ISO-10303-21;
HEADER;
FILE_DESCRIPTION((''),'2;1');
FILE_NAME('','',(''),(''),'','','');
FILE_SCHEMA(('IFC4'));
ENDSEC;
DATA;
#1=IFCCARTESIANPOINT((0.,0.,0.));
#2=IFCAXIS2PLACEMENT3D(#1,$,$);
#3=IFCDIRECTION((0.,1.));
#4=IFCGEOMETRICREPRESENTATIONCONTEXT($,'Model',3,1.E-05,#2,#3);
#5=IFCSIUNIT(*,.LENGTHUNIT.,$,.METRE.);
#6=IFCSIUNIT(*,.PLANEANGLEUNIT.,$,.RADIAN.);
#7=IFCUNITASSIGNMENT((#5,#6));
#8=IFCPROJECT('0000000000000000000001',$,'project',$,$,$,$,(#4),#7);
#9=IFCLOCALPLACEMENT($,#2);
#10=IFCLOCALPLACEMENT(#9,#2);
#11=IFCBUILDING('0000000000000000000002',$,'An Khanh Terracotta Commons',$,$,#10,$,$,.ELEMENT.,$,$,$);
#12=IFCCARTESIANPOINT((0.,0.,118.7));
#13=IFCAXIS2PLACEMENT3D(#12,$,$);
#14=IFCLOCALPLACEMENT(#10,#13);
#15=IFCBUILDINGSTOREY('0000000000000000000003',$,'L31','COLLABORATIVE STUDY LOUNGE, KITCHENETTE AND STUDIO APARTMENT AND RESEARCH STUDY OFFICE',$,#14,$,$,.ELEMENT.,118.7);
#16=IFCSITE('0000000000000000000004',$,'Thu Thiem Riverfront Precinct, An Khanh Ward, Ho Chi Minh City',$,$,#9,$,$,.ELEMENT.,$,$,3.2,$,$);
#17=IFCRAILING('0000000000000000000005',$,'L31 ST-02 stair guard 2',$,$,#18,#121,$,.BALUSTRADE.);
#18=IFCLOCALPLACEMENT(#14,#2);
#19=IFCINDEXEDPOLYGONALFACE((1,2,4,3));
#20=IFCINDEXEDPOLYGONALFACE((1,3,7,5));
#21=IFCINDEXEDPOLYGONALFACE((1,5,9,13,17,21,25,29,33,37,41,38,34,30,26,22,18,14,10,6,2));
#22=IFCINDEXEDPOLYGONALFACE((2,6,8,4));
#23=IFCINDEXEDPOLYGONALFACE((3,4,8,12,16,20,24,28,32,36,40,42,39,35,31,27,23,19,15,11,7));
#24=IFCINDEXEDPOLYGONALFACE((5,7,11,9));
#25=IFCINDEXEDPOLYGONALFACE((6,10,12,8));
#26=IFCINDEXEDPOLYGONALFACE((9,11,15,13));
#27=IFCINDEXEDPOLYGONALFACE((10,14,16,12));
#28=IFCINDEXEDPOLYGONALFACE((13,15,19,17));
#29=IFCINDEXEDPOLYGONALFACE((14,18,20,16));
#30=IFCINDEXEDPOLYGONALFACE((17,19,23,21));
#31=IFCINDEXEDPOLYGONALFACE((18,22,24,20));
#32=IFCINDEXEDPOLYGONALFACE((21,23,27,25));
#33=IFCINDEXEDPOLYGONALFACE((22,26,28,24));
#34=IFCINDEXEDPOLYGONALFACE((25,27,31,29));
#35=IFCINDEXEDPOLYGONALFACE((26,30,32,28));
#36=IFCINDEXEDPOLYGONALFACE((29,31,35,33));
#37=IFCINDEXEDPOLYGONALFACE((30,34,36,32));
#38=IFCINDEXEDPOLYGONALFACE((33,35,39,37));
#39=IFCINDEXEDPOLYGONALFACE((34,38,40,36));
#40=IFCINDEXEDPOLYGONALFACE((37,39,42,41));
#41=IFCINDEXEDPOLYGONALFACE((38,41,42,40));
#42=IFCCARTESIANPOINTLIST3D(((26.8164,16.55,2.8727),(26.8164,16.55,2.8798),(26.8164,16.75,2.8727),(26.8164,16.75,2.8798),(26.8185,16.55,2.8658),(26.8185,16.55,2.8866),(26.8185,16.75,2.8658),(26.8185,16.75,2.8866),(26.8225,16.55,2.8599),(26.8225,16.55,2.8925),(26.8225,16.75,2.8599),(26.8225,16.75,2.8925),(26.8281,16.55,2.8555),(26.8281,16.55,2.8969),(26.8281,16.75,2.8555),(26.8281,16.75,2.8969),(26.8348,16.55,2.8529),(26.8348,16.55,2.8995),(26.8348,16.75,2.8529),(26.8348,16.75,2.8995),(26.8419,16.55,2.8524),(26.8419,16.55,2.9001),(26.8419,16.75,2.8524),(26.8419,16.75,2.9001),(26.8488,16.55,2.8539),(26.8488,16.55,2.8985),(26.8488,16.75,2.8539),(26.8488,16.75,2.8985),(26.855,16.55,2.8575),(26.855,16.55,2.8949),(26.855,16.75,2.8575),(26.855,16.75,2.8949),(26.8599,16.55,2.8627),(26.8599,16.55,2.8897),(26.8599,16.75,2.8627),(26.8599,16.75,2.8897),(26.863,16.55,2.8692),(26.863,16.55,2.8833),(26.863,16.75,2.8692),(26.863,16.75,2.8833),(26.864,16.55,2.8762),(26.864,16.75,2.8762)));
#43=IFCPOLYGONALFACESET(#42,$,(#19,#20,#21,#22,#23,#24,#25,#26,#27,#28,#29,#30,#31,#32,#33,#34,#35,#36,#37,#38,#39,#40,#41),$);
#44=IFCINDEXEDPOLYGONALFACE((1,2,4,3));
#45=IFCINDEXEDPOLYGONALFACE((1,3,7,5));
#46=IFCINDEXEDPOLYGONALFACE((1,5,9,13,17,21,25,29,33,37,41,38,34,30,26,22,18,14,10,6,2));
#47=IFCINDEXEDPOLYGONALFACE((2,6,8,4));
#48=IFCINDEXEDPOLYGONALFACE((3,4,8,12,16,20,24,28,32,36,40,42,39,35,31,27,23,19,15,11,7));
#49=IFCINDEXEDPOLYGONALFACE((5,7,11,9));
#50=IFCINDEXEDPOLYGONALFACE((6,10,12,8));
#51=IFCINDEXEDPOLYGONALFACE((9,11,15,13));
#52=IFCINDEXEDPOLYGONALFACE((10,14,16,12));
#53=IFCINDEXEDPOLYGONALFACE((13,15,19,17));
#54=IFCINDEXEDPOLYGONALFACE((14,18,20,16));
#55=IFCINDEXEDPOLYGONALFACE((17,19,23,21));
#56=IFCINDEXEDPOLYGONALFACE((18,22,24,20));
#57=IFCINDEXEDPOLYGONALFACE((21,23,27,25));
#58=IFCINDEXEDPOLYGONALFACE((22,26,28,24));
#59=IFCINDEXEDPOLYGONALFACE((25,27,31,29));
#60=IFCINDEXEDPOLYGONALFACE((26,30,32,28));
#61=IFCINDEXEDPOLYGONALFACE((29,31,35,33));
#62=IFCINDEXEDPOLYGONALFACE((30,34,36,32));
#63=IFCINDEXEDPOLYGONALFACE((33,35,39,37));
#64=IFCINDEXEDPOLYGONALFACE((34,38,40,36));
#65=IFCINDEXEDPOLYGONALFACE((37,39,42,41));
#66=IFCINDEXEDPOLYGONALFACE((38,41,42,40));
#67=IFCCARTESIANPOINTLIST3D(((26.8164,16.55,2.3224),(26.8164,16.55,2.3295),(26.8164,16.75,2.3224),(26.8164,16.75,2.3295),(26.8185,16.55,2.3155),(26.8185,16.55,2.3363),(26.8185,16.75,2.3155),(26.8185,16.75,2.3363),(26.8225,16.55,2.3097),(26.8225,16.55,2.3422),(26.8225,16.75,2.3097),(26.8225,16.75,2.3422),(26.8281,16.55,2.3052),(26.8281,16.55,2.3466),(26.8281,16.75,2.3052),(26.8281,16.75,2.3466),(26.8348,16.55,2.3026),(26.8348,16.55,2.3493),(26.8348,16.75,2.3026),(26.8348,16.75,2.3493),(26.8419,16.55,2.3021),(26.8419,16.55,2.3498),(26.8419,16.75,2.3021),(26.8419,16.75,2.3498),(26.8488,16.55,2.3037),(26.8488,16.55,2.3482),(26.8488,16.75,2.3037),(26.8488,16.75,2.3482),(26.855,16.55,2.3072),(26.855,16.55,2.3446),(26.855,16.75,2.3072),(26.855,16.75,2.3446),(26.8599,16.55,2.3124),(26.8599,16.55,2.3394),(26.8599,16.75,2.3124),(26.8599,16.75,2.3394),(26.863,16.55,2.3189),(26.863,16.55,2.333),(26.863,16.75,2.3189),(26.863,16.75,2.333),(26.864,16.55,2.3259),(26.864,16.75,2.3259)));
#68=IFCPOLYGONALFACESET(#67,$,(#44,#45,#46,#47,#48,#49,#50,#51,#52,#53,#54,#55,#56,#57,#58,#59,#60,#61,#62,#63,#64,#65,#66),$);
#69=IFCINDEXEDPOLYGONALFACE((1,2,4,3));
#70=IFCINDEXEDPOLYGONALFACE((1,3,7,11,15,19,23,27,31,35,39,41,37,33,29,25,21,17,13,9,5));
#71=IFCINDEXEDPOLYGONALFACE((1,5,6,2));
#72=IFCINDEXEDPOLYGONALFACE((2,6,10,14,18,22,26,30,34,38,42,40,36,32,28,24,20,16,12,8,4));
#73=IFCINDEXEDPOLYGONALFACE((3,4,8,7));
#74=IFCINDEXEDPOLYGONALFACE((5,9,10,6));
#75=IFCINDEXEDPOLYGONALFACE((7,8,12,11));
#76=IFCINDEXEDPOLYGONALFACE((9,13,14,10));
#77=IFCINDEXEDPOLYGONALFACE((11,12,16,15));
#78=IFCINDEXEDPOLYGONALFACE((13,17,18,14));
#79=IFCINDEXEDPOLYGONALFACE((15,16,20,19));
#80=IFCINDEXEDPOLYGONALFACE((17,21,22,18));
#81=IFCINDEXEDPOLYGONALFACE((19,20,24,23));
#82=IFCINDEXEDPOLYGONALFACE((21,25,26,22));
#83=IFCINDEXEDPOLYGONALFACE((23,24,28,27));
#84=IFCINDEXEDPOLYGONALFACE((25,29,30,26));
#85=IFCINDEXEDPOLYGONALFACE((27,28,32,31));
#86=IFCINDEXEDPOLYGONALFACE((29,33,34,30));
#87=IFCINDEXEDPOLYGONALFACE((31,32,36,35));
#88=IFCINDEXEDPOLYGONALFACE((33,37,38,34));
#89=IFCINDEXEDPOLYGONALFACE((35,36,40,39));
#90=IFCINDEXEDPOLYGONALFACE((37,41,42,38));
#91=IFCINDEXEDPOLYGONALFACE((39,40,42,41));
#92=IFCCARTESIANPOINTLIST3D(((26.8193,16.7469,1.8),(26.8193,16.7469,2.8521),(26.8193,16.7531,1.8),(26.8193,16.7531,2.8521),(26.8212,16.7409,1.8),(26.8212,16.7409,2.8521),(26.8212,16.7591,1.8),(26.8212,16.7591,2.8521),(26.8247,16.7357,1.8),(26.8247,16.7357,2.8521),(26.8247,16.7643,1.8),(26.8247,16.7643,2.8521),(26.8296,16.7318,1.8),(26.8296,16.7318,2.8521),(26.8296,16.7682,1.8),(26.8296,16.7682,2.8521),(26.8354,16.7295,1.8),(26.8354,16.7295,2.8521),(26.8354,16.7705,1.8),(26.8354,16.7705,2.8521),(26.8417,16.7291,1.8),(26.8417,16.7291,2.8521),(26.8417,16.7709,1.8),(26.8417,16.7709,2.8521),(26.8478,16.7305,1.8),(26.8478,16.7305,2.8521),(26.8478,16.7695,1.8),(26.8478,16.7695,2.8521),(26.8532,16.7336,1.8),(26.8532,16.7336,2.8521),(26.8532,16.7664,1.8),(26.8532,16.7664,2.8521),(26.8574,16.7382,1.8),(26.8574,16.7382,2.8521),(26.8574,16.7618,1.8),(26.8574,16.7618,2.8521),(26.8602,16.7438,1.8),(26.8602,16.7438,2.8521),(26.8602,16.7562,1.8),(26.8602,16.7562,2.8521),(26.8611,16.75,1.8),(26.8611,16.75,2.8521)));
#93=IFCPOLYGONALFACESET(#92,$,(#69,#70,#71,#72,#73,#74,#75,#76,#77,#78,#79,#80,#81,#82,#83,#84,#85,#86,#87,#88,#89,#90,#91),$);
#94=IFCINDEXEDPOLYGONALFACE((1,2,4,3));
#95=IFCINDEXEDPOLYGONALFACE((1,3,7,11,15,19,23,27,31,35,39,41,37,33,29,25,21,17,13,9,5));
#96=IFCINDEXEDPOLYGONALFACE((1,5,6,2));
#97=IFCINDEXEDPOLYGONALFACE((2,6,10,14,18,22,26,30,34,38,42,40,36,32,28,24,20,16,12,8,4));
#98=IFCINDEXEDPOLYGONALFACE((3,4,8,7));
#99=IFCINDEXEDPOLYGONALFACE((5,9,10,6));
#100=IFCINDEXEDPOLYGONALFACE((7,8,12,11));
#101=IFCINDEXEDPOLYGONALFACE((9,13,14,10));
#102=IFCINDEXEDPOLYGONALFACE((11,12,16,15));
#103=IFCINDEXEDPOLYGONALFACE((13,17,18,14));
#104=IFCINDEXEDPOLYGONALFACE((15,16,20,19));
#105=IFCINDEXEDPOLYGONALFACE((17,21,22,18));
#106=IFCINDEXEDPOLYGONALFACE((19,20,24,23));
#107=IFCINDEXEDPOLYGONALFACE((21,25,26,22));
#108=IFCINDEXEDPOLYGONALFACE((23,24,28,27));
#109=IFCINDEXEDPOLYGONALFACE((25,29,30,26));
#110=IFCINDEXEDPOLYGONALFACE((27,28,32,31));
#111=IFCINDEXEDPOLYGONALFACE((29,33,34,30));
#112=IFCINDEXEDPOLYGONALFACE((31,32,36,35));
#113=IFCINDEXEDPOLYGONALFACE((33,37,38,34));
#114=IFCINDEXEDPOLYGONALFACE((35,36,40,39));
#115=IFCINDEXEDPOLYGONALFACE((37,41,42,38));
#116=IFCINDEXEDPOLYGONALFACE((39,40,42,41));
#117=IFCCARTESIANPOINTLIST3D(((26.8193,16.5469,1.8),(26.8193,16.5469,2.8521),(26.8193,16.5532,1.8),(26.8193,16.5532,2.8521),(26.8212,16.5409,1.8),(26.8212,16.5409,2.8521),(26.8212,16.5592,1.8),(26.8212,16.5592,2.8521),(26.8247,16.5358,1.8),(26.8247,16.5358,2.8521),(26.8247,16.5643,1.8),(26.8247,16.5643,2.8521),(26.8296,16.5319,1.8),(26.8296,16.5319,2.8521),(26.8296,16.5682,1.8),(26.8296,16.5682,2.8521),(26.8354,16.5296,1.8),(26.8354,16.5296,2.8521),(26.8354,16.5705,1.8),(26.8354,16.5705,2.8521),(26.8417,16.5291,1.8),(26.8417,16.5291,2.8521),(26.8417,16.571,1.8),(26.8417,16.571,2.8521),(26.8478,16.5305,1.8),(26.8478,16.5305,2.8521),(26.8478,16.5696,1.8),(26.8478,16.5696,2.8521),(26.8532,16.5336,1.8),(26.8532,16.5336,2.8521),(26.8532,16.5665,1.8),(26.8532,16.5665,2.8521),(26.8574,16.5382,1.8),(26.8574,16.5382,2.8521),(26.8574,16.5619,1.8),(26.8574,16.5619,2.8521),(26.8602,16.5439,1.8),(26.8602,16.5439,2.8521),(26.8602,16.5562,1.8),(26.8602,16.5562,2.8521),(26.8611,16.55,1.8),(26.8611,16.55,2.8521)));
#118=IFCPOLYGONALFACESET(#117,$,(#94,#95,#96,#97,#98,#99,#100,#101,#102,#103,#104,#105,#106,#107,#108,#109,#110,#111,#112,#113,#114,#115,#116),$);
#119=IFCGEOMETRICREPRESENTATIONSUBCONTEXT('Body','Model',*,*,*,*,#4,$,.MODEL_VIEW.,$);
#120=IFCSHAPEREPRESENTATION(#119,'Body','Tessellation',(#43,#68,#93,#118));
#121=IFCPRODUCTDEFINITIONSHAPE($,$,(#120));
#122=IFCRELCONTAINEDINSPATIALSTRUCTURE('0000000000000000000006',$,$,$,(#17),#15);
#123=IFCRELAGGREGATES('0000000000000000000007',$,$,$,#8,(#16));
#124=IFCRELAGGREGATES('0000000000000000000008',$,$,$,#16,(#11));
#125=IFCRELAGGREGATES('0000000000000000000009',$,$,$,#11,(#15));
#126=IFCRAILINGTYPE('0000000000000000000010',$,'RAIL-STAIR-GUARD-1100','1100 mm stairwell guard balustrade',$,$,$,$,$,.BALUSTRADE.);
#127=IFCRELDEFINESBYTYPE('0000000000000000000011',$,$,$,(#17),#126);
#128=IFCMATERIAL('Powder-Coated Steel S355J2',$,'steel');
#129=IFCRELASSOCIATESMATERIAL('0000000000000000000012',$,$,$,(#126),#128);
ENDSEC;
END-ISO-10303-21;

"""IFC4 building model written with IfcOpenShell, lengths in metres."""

from ifc_helpers import new_model, si_unit, direction, frame, origin, origin_2d, place, context, subcontext, project, spatial, circle, extrude, material, type_object, element, save


model = new_model("IFC4")

# Units and contexts
model_context = context("Model", 3, precision=1e-05, world=origin(), true_north=direction((0.0, 1.0)))
body_context = subcontext(model_context, "Body", "Model", "MODEL_VIEW")
ifc_project = project(units=[si_unit("LENGTHUNIT", "METRE"), si_unit("PLANEANGLEUNIT", "RADIAN")], contexts=[model_context])

# Site, building, storey
site_placement = place(None, origin())
site = spatial("IfcSite", under=ifc_project, at=site_placement, Name="Thu Thiem Riverfront Precinct, An Khanh Ward, Ho Chi Minh City", CompositionType="ELEMENT", RefElevation=3.2)
building_placement = place(site_placement, origin())
building = spatial("IfcBuilding", under=site, at=building_placement, Name="An Khanh Terracotta Commons", CompositionType="ELEMENT")
storey_placement = place(building_placement, frame((0.0, 0.0, 118.7)))
storey = spatial("IfcBuildingStorey", under=building, at=storey_placement, Name="L31", Description="COLLABORATIVE STUDY LOUNGE, KITCHENETTE AND STUDIO APARTMENT AND RESEARCH STUDY OFFICE", CompositionType="ELEMENT", Elevation=118.7)

# Railing
ifc_material_1 = material(Name="Powder-Coated Steel S355J2", Category="steel")
railing_type_1 = type_object("IfcRailingType", Name="RAIL-STAIR-GUARD-1100", Description="1100 mm stairwell guard balustrade", PredefinedType="BALUSTRADE", material=ifc_material_1)
railing_1_placement = place(storey_placement, frame((26.8401, 16.75, 1.8)))
element("IfcRailing", 1, at=railing_1_placement, inside=storey, type_object=railing_type_1, Name="L31 ST-02 stair guard 2", PredefinedType="BALUSTRADE", context=body_context, shape_type="SweptSolid", body=[
    extrude(circle(Radius=0.0239, at=origin_2d()), frame((0.0, 0.0, 1.0762), z_axis=(0.0, -1.0, 0.0), x_axis=(1.0, 0.0, 0.0)), (0.0, 0.0, 1.0), 0.2),
    extrude(circle(Radius=0.0239, at=origin_2d()), frame((0.0, 0.0, 0.5259), z_axis=(0.0, -1.0, 0.0), x_axis=(1.0, 0.0, 0.0)), (0.0, 0.0, 1.0), 0.2),
    extrude(circle(Radius=0.021, at=origin_2d()), origin(), (0.0, 0.0, 1.0), 1.052),
    extrude(circle(Radius=0.021, at=origin_2d()), frame((0.0, -0.2, 0.0)), (0.0, 0.0, 1.0), 1.052),
])

save(model, "model.ifc")
